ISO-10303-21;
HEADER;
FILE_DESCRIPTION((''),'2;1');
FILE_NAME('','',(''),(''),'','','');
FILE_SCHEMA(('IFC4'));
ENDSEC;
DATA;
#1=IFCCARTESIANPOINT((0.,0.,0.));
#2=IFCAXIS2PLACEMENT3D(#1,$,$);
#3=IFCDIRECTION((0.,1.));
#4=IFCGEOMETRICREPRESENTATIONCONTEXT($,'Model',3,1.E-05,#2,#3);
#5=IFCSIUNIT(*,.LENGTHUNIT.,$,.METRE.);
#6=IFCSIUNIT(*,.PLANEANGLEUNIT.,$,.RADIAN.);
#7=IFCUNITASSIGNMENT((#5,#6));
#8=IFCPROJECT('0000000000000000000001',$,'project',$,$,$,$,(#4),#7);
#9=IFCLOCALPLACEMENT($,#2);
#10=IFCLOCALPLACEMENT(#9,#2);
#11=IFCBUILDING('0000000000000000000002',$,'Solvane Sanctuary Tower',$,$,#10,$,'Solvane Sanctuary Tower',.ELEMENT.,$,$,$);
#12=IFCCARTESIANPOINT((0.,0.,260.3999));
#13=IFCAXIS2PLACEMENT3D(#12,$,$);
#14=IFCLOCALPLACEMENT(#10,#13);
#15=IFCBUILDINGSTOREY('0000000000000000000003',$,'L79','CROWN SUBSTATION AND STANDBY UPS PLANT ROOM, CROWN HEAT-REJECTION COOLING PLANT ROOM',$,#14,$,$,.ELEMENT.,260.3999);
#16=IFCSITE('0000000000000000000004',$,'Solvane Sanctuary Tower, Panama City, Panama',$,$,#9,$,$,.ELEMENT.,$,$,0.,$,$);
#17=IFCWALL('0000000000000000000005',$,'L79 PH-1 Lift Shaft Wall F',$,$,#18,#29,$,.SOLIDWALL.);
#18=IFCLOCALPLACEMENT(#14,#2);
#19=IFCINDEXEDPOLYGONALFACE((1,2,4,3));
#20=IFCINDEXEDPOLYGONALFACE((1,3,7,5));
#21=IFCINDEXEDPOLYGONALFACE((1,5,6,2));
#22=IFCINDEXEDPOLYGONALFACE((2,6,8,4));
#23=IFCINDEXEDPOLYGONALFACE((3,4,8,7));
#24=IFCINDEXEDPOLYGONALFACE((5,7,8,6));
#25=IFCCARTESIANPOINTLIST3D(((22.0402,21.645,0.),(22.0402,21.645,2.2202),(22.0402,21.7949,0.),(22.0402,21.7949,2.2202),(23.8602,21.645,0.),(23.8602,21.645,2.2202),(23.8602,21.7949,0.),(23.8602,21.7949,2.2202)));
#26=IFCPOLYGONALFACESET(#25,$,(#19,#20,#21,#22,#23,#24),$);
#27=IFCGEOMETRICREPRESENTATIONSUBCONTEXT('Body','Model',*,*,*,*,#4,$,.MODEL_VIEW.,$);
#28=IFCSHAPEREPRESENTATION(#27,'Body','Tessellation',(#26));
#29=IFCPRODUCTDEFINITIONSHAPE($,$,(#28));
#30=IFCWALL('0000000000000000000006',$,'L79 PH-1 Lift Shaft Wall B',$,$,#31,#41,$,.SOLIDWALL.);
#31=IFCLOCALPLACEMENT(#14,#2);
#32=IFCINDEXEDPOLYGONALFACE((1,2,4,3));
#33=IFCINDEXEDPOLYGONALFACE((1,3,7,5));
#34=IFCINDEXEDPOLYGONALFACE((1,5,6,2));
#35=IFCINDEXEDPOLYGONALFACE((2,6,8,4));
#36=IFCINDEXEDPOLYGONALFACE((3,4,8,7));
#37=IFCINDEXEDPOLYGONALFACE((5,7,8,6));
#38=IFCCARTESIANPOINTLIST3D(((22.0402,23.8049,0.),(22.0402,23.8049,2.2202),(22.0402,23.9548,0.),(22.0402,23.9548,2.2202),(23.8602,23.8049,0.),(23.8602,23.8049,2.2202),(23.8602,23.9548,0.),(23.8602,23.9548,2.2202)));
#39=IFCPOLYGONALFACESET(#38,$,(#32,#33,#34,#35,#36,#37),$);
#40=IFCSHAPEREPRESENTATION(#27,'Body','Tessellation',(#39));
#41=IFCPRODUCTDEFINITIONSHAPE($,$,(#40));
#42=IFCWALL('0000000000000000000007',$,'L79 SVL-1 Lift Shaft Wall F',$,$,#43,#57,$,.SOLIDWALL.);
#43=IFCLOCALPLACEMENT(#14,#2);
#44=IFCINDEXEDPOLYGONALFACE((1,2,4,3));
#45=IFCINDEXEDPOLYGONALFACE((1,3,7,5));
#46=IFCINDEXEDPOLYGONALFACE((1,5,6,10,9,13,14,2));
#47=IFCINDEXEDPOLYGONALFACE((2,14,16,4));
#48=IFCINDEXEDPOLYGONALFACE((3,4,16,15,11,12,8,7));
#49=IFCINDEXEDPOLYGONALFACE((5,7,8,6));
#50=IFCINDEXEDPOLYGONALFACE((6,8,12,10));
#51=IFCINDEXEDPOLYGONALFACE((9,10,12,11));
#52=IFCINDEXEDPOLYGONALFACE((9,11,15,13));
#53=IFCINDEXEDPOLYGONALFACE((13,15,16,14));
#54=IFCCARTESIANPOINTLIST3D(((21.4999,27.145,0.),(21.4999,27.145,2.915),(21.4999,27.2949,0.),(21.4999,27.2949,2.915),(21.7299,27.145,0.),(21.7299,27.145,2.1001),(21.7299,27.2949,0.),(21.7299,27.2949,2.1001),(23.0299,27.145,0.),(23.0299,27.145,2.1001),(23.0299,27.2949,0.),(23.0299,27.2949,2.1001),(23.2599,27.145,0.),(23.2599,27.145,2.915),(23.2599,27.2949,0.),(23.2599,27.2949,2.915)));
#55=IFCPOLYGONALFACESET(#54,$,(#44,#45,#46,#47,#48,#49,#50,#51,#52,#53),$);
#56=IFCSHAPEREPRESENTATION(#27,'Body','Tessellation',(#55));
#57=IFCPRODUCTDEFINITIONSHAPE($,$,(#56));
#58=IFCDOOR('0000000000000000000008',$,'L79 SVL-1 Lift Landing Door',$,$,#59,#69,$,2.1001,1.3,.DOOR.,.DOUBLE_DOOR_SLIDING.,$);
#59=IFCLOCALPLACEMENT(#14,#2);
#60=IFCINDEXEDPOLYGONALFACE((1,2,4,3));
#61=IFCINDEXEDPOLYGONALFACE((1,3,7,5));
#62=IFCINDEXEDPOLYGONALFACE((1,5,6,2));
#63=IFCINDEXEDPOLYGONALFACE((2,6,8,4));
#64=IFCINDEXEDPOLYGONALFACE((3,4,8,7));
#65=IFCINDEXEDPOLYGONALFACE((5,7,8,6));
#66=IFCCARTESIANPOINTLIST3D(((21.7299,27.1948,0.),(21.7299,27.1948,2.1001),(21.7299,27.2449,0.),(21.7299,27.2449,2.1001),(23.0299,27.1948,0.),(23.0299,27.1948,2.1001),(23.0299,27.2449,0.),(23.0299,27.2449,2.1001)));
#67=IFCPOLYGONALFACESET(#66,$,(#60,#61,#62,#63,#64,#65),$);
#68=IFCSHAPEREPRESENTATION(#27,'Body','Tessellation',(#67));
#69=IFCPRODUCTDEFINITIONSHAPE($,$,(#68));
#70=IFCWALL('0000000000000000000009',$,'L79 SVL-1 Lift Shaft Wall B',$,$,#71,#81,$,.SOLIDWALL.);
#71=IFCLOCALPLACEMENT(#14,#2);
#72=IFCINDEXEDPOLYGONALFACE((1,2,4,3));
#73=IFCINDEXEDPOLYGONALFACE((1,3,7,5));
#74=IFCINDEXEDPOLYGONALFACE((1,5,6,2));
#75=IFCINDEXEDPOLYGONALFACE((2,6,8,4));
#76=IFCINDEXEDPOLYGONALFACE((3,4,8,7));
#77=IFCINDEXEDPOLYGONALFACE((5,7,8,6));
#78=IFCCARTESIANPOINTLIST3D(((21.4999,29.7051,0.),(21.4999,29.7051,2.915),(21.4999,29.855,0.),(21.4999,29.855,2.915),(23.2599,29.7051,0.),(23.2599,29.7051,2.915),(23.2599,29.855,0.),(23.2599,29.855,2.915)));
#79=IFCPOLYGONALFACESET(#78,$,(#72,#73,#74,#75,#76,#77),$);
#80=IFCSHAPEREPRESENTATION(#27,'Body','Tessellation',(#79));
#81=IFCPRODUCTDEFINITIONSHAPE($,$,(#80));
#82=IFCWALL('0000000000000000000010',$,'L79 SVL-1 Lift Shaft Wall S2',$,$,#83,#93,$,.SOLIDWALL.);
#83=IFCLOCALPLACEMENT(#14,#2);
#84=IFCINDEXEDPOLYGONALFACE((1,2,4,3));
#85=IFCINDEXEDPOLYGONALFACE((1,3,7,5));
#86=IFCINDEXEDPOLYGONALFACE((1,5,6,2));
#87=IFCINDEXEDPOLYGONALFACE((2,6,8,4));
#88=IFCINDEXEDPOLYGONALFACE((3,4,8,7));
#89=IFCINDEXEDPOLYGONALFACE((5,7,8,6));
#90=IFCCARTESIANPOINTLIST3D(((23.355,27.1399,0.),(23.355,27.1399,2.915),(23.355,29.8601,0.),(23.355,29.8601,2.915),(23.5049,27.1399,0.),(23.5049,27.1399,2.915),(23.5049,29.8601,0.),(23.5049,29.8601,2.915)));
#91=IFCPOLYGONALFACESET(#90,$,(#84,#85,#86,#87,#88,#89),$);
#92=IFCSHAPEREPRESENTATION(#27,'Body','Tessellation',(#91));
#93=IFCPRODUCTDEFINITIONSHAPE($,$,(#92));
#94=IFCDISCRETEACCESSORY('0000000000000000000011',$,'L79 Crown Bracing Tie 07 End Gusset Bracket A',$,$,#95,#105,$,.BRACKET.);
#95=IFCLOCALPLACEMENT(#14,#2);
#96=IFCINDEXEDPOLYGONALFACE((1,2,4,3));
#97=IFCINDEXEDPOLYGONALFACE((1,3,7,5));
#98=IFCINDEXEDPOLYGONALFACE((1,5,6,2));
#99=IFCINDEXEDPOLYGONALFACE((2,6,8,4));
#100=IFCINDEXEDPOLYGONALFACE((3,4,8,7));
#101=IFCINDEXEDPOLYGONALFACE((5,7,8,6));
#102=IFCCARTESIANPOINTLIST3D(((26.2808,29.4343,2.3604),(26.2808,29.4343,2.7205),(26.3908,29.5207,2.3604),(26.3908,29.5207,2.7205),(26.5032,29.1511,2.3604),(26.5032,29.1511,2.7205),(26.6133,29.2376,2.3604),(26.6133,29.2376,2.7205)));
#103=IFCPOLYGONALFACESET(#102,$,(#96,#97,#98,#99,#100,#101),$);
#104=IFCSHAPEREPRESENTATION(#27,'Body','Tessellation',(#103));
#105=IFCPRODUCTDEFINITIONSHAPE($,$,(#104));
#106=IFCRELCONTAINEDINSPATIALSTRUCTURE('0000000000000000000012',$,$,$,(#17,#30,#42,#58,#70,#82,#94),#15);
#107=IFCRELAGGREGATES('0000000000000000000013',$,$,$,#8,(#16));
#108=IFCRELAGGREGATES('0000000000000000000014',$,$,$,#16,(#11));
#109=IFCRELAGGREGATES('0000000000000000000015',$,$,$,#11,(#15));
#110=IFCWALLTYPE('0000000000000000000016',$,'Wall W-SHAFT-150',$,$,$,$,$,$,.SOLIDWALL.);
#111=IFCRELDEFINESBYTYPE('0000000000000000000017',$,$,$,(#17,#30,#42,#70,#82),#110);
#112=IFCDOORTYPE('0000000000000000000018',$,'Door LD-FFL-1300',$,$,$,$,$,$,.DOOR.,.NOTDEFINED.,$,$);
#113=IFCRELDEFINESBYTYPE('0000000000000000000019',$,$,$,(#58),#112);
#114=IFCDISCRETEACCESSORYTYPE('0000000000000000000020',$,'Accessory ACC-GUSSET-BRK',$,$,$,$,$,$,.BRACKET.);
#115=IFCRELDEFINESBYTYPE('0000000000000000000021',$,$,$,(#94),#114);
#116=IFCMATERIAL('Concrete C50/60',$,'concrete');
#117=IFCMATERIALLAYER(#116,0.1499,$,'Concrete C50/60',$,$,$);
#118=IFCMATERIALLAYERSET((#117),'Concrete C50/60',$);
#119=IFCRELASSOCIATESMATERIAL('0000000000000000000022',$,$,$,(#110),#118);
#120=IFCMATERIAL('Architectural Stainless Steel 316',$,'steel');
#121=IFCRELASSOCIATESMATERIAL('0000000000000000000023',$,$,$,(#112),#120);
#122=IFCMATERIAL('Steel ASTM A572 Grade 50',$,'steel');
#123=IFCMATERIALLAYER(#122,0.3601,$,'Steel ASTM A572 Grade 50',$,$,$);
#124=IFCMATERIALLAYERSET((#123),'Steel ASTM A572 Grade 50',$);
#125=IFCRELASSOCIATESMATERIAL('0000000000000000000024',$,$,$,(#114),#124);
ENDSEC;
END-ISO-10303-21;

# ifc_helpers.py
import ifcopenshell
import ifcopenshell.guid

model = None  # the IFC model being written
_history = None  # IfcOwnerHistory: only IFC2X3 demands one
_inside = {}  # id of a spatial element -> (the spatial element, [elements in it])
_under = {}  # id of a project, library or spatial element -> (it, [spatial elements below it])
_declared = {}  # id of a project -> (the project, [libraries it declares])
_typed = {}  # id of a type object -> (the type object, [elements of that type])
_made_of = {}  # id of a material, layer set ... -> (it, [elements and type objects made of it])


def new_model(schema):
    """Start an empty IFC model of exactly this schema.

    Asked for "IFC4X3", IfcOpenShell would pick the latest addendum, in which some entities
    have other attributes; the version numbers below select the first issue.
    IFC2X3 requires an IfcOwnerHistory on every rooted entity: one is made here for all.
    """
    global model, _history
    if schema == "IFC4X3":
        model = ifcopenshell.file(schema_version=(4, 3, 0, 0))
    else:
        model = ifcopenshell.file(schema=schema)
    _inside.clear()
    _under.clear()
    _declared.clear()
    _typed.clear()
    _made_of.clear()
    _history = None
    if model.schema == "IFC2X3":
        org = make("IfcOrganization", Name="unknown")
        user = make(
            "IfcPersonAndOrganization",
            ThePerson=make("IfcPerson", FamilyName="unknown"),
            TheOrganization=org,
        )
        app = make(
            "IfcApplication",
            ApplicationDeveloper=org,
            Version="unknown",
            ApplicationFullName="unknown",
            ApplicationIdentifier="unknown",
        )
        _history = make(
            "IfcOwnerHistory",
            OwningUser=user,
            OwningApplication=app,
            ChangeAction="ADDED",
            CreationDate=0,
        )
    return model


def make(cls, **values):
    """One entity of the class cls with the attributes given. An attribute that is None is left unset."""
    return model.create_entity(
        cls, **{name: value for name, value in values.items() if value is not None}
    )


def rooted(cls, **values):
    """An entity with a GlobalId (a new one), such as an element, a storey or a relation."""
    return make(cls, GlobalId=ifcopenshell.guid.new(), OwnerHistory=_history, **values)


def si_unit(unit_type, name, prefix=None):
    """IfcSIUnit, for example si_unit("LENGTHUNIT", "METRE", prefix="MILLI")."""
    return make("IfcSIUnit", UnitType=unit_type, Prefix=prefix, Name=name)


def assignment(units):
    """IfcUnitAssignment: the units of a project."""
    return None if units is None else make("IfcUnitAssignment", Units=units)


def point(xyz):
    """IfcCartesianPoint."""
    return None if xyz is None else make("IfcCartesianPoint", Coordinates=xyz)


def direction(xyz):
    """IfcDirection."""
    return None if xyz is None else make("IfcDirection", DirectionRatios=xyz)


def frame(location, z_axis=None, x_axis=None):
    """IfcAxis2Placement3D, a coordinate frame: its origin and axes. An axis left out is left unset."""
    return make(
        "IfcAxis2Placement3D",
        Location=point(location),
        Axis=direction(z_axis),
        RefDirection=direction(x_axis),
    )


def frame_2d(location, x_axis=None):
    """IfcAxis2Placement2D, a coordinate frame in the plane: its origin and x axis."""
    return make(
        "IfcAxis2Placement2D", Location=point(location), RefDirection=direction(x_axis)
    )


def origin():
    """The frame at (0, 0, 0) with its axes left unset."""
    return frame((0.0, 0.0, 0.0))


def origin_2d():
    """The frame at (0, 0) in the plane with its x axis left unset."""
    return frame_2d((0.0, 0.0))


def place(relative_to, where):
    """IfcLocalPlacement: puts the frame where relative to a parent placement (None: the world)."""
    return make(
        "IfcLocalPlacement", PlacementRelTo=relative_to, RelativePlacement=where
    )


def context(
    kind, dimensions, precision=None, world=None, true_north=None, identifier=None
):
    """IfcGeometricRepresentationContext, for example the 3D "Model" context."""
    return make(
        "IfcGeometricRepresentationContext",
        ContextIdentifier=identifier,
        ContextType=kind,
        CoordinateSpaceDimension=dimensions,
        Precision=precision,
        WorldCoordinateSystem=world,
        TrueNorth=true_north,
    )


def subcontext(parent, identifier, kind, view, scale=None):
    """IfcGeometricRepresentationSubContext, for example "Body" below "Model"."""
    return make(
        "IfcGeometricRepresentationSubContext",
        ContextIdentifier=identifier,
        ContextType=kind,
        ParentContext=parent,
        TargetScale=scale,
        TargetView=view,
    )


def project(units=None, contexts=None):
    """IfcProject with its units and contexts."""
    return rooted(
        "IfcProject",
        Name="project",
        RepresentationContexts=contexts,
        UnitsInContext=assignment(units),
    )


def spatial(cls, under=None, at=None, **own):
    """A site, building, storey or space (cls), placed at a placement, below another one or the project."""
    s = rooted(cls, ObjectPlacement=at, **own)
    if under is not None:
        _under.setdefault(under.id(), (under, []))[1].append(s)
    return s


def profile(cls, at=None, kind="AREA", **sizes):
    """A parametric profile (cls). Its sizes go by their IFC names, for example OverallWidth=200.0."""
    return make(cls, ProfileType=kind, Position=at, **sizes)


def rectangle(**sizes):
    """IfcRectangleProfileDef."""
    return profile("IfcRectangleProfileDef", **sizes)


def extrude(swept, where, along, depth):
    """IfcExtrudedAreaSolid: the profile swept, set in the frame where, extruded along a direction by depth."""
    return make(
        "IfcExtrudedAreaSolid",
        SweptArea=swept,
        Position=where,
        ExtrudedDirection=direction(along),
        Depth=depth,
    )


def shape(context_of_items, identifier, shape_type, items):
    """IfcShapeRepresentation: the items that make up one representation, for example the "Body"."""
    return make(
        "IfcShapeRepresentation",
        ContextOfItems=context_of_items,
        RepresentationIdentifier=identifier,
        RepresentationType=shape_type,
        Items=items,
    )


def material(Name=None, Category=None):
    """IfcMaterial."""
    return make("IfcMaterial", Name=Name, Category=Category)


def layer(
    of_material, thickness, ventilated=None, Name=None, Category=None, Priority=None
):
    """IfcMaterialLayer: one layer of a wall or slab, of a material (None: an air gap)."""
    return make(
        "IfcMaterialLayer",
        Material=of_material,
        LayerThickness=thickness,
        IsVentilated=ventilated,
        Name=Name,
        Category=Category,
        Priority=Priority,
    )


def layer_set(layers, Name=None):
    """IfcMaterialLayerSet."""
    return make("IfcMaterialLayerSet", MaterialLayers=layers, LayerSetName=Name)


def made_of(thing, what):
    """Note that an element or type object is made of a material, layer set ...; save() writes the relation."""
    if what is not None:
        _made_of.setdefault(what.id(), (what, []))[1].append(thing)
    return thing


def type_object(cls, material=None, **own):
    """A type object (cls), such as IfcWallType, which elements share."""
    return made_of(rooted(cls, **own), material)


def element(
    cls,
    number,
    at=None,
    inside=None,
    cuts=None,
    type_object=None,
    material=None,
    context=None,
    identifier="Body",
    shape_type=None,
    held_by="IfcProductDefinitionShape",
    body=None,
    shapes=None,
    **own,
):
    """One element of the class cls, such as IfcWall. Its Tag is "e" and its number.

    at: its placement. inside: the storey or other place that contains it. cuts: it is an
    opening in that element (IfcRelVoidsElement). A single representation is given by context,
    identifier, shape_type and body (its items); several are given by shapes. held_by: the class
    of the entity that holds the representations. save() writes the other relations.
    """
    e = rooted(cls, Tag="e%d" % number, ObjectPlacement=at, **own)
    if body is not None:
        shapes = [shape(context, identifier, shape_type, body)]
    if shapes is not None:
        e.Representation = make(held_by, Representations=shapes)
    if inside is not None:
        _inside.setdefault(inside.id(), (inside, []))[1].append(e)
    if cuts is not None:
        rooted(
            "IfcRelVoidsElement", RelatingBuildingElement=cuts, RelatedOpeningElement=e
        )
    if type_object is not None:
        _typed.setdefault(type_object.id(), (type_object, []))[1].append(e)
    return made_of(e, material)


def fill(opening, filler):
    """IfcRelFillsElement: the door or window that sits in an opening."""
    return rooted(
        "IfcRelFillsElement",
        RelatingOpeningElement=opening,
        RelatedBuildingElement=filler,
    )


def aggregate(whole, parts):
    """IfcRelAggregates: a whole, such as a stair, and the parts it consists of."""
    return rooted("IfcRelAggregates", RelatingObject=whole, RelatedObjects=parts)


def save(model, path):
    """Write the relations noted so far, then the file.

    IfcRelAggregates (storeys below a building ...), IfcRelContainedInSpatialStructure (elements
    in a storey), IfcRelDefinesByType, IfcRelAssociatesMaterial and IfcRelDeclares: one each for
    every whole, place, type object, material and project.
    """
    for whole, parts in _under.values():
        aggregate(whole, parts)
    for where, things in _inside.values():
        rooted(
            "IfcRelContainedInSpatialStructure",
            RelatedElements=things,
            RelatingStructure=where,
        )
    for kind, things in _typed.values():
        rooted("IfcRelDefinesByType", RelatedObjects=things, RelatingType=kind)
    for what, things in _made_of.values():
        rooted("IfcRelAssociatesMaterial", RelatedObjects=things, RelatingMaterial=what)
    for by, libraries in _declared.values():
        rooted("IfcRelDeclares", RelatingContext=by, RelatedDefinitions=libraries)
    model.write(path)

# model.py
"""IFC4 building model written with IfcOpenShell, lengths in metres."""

from ifc_helpers import new_model, si_unit, direction, frame, frame_2d, origin, origin_2d, place, context, subcontext, project, spatial, rectangle, extrude, material, layer, layer_set, type_object, element, fill, save


model = new_model("IFC4")

# Units and contexts
model_context = context("Model", 3, precision=1e-05, world=origin(), true_north=direction((0.0, 1.0)))
body_context = subcontext(model_context, "Body", "Model", "MODEL_VIEW")
ifc_project = project(units=[si_unit("LENGTHUNIT", "METRE"), si_unit("PLANEANGLEUNIT", "RADIAN")], contexts=[model_context])

# Site, building, storey
site_placement = place(None, origin())
site = spatial("IfcSite", under=ifc_project, at=site_placement, Name="Solvane Sanctuary Tower, Panama City, Panama", CompositionType="ELEMENT", RefElevation=0.0)
building_placement = place(site_placement, origin())
building = spatial("IfcBuilding", under=site, at=building_placement, Name="Solvane Sanctuary Tower", LongName="Solvane Sanctuary Tower", CompositionType="ELEMENT")
storey_placement = place(building_placement, frame((0.0, 0.0, 260.3999)))
storey = spatial("IfcBuildingStorey", under=building, at=storey_placement, Name="L79", Description="CROWN SUBSTATION AND STANDBY UPS PLANT ROOM, CROWN HEAT-REJECTION COOLING PLANT ROOM", CompositionType="ELEMENT", Elevation=260.3999)

# Shared definitions
ifc_material_1 = material(Name="Concrete C50/60", Category="concrete")

# Shared definitions
ifc_material_2 = material(Name="Architectural Stainless Steel 316", Category="steel")

# Walls
ifc_layer_1 = layer(ifc_material_1, 0.1499, Name="Concrete C50/60")
ifc_layer_set_1 = layer_set([ifc_layer_1], Name="Concrete C50/60")
wall_type_1 = type_object("IfcWallType", Name="Wall W-SHAFT-150", PredefinedType="SOLIDWALL", material=ifc_layer_set_1)
for number, where, z_axis, x_axis, name in (
    (1, (22.04, 21.72, 0.0), (0.0, 0.0, 1.0), (1.0, 0.0, 0.0), "L79 PH-1 Lift Shaft Wall F"),
    (2, (22.04, 23.8799, 0.0), (0.0, 0.0, 1.0), (1.0, 0.0, 0.0), "L79 PH-1 Lift Shaft Wall B"),
):
    element("IfcWall", number, at=place(storey_placement, frame(where, z_axis=z_axis, x_axis=x_axis)), inside=storey, type_object=wall_type_1, Name=name, PredefinedType="SOLIDWALL", context=body_context, shape_type="SweptSolid", body=[
        extrude(rectangle(XDim=1.8201, YDim=0.1499, at=frame_2d((0.9102, 0.0))), origin(), (0.0, 0.0, 1.0), 2.2202),
    ])

# Wall, opening, door
wall_1_placement = place(storey_placement, frame((21.5, 27.22, 0.0), z_axis=(0.0, 0.0, 1.0), x_axis=(1.0, 0.0, 0.0)))
wall_1 = element("IfcWall", 3, at=wall_1_placement, inside=storey, type_object=wall_type_1, Name="L79 SVL-1 Lift Shaft Wall F", PredefinedType="SOLIDWALL", context=body_context, shape_type="SweptSolid", body=[
    extrude(rectangle(XDim=1.76, YDim=0.1499, at=frame_2d((0.8799, 0.0))), origin(), (0.0, 0.0, 1.0), 2.915),
])
opening_1_placement = place(wall_1_placement, frame((0.23, 0.0, 0.0)))
opening_1 = element("IfcOpeningElement", 4, at=opening_1_placement, cuts=wall_1, PredefinedType="OPENING", context=body_context, shape_type="SweptSolid", body=[
    extrude(rectangle(XDim=1.3, YDim=2.1001, at=frame_2d((0.6499, 1.05))), frame((0.0, 0.085, 0.0), z_axis=(0.0, -1.0, 0.0), x_axis=(1.0, 0.0, 0.0)), (0.0, 0.0, 1.0), 0.1699),
])
door_type_1 = type_object("IfcDoorType", Name="Door LD-FFL-1300", OperationType="NOTDEFINED", PredefinedType="DOOR", material=ifc_material_2)
door_1_placement = place(opening_1_placement, origin())
door_1 = element("IfcDoor", 5, at=door_1_placement, inside=storey, type_object=door_type_1, Name="L79 SVL-1 Lift Landing Door", OperationType="DOUBLE_DOOR_SLIDING", OverallHeight=2.1001, OverallWidth=1.3, PredefinedType="DOOR", context=body_context, shape_type="SweptSolid", body=[
    extrude(rectangle(XDim=1.3, YDim=2.1001, at=frame_2d((0.6499, 1.05))), frame((0.0, 0.0249, 0.0), z_axis=(0.0, -1.0, 0.0), x_axis=(1.0, 0.0, 0.0)), (0.0, 0.0, 1.0), 0.05),
])
fill(opening_1, door_1)

# Walls
wall_2_placement = place(storey_placement, frame((21.5, 29.78, 0.0), z_axis=(0.0, 0.0, 1.0), x_axis=(1.0, 0.0, 0.0)))
element("IfcWall", 6, at=wall_2_placement, inside=storey, type_object=wall_type_1, Name="L79 SVL-1 Lift Shaft Wall B", PredefinedType="SOLIDWALL", context=body_context, shape_type="SweptSolid", body=[
    extrude(rectangle(XDim=1.76, YDim=0.1499, at=frame_2d((0.8799, 0.0))), origin(), (0.0, 0.0, 1.0), 2.915),
])
wall_3_placement = place(storey_placement, frame((23.4299, 27.1399, 0.0), z_axis=(0.0, 0.0, 1.0), x_axis=(0.0, 1.0, 0.0)))
element("IfcWall", 7, at=wall_3_placement, inside=storey, type_object=wall_type_1, Name="L79 SVL-1 Lift Shaft Wall S2", PredefinedType="SOLIDWALL", context=body_context, shape_type="SweptSolid", body=[
    extrude(rectangle(XDim=2.7202, YDim=0.1499, at=frame_2d((1.3601, 0.0))), origin(), (0.0, 0.0, 1.0), 2.915),
])

# Discrete accessory
ifc_material_3 = material(Name="Steel ASTM A572 Grade 50", Category="steel")
ifc_layer_2 = layer(ifc_material_3, 0.3601, Name="Steel ASTM A572 Grade 50")
ifc_layer_set_2 = layer_set([ifc_layer_2], Name="Steel ASTM A572 Grade 50")
discrete_accessory_type = type_object("IfcDiscreteAccessoryType", Name="Accessory ACC-GUSSET-BRK", PredefinedType="BRACKET", material=ifc_layer_set_2)
discrete_accessory_placement = place(storey_placement, frame((26.447, 29.3359, 2.3604), z_axis=(0.0, 0.0, 1.0), x_axis=(-0.617722, 0.786396, 0.0)))
element("IfcDiscreteAccessory", 8, at=discrete_accessory_placement, inside=storey, type_object=discrete_accessory_type, Name="L79 Crown Bracing Tie 07 End Gusset Bracket A", PredefinedType="BRACKET", context=body_context, shape_type="SweptSolid", body=[
    extrude(rectangle(XDim=0.3601, YDim=0.1399, at=origin_2d()), origin(), (0.0, 0.0, 1.0), 0.3601),
])

save(model, "model.ifc")
